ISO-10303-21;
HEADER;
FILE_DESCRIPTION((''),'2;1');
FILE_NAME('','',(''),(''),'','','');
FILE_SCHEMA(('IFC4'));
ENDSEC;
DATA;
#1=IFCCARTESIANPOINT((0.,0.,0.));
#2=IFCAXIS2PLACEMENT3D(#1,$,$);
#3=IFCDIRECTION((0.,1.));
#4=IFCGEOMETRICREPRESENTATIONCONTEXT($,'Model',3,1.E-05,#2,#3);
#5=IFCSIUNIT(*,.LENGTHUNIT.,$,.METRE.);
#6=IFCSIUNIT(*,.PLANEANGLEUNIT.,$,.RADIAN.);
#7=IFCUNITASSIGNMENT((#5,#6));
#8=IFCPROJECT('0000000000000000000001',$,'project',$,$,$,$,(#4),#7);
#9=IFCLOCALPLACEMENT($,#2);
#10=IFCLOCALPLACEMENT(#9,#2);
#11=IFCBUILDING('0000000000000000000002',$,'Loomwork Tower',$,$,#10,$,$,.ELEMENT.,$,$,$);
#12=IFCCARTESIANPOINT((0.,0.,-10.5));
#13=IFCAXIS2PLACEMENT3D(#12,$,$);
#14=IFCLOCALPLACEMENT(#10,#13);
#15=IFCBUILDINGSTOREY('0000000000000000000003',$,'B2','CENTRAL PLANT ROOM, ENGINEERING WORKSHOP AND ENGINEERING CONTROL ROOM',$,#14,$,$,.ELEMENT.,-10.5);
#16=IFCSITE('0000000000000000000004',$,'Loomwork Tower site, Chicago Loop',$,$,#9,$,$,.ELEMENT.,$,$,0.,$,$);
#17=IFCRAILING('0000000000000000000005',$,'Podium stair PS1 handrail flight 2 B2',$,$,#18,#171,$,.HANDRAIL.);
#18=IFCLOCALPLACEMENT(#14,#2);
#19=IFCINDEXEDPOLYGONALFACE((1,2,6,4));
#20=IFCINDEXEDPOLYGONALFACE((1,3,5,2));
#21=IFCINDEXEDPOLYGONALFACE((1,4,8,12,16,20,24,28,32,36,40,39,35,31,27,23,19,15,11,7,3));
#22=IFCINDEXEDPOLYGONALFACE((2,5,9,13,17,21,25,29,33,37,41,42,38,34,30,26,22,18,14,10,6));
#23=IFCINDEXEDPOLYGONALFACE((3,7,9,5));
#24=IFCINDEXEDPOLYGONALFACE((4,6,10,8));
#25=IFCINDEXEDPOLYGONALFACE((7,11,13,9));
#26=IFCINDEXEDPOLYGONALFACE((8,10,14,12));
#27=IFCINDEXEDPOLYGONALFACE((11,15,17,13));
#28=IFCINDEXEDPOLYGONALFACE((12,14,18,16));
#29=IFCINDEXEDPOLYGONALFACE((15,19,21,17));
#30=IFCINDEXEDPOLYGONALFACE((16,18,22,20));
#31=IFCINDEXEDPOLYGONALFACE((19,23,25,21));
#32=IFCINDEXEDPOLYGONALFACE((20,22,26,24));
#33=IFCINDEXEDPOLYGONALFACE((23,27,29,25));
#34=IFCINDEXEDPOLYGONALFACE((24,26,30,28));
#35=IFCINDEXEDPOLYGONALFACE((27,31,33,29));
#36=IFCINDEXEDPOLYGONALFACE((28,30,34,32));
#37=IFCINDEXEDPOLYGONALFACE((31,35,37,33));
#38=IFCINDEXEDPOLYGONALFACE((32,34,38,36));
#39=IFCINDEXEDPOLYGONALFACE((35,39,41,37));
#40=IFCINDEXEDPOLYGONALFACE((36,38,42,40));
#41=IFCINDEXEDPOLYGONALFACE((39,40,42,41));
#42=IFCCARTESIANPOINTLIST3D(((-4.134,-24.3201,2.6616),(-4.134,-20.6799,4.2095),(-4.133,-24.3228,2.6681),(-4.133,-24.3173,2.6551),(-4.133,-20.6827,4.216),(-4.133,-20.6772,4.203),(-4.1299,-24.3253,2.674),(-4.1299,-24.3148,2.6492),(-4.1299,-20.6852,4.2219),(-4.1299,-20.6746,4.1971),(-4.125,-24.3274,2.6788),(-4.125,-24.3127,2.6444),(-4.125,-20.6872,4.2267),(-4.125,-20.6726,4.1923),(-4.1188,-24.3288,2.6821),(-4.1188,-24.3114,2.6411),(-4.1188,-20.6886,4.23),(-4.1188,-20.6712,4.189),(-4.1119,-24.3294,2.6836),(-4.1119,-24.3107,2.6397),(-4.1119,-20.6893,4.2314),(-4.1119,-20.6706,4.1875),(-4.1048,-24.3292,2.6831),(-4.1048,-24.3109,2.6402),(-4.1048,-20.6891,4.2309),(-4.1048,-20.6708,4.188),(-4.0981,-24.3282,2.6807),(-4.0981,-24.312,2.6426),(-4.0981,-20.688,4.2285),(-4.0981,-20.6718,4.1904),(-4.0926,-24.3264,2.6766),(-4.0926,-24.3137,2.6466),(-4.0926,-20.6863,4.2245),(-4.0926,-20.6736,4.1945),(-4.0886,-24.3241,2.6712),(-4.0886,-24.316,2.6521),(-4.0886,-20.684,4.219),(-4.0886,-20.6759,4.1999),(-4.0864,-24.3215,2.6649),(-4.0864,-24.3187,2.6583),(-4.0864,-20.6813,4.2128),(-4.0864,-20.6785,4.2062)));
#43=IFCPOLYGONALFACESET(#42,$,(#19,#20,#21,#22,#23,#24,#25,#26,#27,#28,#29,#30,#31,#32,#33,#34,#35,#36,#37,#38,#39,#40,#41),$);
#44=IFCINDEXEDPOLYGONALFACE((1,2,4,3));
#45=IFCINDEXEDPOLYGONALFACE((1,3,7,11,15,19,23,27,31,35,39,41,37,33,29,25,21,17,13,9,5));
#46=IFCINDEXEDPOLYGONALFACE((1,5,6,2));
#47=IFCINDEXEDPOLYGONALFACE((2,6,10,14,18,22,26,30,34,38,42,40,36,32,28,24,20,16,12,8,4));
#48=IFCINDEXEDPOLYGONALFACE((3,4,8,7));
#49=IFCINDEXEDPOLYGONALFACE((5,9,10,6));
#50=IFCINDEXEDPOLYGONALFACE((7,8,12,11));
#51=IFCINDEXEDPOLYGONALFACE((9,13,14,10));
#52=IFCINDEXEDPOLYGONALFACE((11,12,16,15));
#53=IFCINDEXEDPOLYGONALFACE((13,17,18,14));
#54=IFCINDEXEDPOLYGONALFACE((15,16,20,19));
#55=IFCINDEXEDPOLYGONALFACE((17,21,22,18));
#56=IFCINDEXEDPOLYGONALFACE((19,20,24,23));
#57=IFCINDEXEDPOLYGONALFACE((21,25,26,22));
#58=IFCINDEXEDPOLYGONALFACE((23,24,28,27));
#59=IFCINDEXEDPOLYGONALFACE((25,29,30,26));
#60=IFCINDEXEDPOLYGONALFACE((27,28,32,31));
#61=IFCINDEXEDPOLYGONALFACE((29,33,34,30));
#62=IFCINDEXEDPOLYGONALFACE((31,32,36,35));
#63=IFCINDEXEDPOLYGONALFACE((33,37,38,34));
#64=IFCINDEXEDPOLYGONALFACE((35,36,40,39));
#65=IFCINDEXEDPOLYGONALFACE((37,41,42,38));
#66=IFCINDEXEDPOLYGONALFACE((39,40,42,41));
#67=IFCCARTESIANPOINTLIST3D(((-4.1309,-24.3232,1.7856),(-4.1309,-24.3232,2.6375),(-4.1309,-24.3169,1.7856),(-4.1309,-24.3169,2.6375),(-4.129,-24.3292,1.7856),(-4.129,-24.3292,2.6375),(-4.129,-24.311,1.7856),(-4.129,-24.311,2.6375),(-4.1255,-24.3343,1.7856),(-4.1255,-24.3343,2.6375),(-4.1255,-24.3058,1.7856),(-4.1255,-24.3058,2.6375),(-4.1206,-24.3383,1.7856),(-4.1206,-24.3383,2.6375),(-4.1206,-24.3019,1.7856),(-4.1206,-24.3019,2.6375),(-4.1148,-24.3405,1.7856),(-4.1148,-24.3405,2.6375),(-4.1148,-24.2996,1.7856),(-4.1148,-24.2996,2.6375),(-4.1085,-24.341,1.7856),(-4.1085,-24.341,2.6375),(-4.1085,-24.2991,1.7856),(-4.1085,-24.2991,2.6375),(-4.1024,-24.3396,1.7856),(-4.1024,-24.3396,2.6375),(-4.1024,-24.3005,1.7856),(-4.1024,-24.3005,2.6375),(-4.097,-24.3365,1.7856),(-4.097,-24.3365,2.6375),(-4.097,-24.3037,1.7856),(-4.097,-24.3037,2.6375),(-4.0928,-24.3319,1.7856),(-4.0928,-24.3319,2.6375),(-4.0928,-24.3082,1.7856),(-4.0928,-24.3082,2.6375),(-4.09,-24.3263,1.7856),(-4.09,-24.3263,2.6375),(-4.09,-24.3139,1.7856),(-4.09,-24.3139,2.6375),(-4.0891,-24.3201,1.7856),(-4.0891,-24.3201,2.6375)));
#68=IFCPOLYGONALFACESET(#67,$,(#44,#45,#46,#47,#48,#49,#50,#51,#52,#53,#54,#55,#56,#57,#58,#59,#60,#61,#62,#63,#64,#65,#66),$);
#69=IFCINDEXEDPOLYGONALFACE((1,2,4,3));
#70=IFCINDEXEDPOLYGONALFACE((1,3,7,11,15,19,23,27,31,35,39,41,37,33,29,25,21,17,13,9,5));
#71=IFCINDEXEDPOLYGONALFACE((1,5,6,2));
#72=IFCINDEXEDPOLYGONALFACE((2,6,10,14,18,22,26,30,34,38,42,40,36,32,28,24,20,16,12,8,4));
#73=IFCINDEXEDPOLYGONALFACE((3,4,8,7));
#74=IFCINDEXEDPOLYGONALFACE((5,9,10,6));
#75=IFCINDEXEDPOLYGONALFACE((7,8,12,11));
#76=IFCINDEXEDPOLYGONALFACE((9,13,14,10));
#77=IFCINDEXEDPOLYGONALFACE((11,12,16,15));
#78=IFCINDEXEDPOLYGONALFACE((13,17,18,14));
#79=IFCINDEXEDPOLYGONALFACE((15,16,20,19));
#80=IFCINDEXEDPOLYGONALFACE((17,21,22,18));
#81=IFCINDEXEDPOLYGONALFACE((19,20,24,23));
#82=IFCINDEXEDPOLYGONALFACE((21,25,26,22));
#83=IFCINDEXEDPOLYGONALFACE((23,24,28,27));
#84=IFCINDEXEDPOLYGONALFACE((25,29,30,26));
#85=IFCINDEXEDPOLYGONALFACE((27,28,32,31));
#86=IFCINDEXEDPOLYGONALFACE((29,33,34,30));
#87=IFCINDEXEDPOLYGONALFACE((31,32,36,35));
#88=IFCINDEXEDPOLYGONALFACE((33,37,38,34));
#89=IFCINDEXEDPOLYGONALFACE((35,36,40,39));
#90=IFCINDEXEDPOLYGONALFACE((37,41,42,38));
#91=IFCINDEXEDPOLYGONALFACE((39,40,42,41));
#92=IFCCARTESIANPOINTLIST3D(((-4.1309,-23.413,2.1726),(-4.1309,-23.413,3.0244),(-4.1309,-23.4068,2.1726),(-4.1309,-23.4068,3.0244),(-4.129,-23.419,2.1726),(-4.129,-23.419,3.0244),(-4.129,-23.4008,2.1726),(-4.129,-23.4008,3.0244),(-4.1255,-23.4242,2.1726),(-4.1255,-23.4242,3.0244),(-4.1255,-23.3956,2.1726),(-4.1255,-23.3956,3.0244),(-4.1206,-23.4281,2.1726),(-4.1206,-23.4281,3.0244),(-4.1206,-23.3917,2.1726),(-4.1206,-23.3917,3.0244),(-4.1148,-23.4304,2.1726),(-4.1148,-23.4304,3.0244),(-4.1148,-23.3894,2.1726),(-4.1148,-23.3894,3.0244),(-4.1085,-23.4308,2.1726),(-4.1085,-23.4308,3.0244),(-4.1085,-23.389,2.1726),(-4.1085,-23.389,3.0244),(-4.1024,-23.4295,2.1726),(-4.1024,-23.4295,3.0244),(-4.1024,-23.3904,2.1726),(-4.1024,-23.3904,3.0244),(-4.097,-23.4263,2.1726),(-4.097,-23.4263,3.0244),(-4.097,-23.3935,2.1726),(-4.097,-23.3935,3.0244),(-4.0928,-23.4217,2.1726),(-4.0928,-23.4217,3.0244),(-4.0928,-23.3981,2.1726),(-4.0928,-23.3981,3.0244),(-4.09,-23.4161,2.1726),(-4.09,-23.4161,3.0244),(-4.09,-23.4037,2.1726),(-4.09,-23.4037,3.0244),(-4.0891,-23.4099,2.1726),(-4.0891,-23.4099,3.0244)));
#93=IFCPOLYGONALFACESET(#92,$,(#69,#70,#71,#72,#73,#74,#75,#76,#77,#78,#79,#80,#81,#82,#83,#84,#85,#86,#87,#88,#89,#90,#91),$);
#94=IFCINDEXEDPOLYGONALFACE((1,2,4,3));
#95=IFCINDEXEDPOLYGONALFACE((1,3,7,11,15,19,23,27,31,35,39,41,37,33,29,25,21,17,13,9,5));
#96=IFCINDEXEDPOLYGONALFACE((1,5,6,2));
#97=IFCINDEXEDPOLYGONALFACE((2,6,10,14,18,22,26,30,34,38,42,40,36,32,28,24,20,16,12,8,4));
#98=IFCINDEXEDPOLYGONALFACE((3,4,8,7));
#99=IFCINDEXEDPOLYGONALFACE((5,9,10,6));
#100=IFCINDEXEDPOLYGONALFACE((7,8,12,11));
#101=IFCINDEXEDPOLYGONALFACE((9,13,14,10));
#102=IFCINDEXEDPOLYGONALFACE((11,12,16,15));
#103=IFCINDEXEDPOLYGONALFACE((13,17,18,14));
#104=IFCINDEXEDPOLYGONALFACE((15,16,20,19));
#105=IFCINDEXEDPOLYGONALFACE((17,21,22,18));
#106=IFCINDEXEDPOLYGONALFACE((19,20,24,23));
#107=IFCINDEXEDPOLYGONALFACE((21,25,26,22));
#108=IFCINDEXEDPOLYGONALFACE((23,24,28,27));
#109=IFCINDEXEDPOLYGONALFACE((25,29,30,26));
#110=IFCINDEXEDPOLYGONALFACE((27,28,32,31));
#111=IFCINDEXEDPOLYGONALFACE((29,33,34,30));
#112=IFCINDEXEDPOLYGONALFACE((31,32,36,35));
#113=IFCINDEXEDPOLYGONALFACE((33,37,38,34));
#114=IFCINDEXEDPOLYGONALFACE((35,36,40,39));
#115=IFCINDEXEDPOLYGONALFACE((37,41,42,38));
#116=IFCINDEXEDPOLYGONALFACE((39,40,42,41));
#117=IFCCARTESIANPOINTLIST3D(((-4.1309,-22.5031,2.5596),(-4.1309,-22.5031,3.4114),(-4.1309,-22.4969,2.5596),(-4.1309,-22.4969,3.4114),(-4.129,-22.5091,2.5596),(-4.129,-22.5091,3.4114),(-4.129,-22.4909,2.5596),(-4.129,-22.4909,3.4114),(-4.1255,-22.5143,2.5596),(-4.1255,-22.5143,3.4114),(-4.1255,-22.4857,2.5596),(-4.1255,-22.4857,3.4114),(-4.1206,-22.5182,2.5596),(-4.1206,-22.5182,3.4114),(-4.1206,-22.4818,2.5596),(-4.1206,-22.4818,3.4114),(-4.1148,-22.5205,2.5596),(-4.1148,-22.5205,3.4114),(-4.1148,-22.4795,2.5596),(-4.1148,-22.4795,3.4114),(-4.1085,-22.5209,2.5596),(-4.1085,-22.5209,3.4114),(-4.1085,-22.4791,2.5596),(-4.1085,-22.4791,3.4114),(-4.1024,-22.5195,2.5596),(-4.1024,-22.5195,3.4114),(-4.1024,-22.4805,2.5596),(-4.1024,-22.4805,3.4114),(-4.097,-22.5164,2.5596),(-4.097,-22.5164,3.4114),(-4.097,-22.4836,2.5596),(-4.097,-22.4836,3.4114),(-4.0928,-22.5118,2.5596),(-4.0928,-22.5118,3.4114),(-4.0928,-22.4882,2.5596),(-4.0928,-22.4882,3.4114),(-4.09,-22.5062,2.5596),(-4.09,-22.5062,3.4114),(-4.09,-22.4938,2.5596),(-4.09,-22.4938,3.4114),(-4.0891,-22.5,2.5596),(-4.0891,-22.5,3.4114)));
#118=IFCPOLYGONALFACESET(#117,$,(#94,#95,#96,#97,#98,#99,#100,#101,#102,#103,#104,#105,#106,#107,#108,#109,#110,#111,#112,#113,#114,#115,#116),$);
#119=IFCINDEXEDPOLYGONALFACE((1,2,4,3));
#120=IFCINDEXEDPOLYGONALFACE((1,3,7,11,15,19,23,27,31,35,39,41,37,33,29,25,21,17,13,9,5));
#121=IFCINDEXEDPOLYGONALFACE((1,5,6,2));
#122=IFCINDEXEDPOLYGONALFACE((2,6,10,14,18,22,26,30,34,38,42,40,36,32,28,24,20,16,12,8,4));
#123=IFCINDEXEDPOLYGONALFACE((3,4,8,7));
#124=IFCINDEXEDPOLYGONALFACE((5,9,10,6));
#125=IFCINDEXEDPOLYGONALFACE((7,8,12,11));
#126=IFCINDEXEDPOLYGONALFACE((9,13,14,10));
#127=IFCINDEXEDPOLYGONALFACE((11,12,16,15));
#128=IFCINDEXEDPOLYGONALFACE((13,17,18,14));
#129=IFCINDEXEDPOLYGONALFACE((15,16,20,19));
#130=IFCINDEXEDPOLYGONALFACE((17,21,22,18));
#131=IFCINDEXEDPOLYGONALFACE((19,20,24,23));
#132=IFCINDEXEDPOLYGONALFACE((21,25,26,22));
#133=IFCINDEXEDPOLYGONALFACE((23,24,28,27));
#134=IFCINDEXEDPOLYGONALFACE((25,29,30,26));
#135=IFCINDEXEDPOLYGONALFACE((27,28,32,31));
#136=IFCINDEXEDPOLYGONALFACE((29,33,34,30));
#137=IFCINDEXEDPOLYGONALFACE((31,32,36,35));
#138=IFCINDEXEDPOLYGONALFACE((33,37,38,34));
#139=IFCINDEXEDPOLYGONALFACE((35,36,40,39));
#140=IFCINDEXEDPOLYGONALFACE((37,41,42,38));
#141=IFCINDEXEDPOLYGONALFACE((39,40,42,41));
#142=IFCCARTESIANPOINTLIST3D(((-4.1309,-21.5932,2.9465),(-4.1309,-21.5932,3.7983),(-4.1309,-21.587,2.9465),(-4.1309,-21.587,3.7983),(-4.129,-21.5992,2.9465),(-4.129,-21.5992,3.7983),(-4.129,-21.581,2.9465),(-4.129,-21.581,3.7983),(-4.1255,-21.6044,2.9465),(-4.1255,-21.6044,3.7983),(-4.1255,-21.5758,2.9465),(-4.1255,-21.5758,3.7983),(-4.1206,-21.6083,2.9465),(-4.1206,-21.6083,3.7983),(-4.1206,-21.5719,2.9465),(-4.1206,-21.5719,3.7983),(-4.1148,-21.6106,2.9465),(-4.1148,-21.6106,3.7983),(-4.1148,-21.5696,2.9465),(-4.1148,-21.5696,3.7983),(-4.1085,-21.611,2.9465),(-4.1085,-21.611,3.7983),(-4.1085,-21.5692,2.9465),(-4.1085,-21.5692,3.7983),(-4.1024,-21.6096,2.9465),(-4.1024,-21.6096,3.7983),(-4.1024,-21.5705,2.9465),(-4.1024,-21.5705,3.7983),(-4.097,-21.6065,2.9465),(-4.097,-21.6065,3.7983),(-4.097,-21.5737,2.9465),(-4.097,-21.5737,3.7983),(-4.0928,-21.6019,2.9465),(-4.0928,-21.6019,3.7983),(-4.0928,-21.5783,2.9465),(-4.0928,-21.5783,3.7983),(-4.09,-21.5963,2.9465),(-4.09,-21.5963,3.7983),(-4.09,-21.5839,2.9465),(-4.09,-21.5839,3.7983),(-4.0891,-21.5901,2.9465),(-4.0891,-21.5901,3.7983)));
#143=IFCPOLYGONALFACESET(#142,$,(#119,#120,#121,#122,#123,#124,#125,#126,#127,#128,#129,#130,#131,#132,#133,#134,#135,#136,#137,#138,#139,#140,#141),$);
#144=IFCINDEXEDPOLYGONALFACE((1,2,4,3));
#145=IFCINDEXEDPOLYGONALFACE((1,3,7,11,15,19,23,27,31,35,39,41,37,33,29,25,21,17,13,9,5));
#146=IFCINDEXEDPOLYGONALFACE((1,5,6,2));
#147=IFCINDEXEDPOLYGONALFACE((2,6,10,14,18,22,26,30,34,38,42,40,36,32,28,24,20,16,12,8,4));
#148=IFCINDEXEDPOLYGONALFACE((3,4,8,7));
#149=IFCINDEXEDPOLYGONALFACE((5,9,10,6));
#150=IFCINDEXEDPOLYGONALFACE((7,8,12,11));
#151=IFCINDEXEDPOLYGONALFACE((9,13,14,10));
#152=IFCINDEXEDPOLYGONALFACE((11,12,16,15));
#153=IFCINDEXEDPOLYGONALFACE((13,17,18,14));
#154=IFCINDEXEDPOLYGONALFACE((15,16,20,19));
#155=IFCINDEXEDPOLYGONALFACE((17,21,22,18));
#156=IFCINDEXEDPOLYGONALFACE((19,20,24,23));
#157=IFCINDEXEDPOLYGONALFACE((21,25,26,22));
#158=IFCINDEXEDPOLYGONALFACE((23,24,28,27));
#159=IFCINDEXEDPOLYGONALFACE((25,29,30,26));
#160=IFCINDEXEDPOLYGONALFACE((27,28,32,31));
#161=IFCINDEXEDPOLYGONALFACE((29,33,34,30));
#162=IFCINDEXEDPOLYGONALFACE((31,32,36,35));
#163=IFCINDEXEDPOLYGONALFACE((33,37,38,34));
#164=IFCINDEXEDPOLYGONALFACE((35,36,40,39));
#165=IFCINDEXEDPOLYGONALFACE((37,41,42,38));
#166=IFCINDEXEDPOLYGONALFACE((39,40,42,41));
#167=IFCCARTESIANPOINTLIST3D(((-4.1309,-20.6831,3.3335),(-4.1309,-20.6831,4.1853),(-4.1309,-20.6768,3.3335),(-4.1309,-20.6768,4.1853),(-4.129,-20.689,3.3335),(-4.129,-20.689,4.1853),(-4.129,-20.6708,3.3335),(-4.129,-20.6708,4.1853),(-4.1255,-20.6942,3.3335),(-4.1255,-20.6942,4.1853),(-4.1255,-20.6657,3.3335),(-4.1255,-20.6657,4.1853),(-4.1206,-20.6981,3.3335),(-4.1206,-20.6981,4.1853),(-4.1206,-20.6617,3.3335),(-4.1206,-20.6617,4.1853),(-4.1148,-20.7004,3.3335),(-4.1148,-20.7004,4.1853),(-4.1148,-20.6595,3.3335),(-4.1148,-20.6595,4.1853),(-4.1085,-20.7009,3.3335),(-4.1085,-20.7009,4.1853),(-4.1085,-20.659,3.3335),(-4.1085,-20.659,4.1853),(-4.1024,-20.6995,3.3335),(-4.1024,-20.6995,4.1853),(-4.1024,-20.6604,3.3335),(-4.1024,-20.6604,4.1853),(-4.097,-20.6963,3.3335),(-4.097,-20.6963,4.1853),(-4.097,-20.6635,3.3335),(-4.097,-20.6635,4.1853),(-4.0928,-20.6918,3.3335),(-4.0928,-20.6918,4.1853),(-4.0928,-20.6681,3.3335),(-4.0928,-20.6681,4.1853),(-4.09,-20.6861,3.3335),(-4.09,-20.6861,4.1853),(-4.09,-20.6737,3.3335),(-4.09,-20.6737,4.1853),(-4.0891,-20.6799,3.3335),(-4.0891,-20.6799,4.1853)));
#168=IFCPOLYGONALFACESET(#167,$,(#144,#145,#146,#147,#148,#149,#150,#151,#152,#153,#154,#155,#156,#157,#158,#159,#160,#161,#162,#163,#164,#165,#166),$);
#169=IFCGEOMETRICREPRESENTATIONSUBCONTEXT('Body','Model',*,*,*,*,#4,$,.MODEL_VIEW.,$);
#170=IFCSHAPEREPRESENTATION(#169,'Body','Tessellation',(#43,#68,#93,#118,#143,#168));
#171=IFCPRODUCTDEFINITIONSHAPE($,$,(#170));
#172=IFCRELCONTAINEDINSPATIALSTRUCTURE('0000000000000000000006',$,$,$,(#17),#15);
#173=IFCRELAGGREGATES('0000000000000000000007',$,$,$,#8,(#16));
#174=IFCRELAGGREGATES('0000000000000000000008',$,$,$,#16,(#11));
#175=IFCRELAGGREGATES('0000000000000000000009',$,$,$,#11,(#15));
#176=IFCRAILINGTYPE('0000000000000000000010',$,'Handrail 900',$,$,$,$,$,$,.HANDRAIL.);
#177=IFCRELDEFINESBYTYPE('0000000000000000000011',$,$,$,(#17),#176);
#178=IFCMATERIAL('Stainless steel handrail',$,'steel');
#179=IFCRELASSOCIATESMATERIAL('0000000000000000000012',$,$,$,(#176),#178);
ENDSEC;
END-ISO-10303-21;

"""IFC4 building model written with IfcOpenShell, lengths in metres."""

from ifc_helpers import new_model, si_unit, direction, frame, origin, origin_2d, place, context, subcontext, project, spatial, circle, extrude, material, type_object, element, save


model = new_model("IFC4")

# Units and contexts
model_context = context("Model", 3, precision=1e-05, world=origin(), true_north=direction((0.0, 1.0)))
body_context = subcontext(model_context, "Body", "Model", "MODEL_VIEW")
ifc_project = project(units=[si_unit("LENGTHUNIT", "METRE"), si_unit("PLANEANGLEUNIT", "RADIAN")], contexts=[model_context])

# Site, building, storey
site_placement = place(None, origin())
site = spatial("IfcSite", under=ifc_project, at=site_placement, Name="Loomwork Tower site, Chicago Loop", CompositionType="ELEMENT", RefElevation=0.0)
building_placement = place(site_placement, origin())
building = spatial("IfcBuilding", under=site, at=building_placement, Name="Loomwork Tower", CompositionType="ELEMENT")
storey_placement = place(building_placement, frame((0.0, 0.0, -10.5)))
storey = spatial("IfcBuildingStorey", under=building, at=storey_placement, Name="B2", Description="CENTRAL PLANT ROOM, ENGINEERING WORKSHOP AND ENGINEERING CONTROL ROOM", CompositionType="ELEMENT", Elevation=-10.5)

# Railing
ifc_material_1 = material(Name="Stainless steel handrail", Category="steel")
railing_type = type_object("IfcRailingType", Name="Handrail 900", PredefinedType="HANDRAIL", material=ifc_material_1)
railing_1_placement = place(storey_placement, frame((-4.1101, -24.3201, 1.7856)))
element("IfcRailing", 1, at=railing_1_placement, inside=storey, type_object=railing_type, Name="Podium stair PS1 handrail flight 2 B2", PredefinedType="HANDRAIL", context=body_context, shape_type="SweptSolid", body=[
    extrude(circle(Radius=0.0239, at=origin_2d()), frame((0.0, 0.0, 0.876), z_axis=(0.0, 0.920259, 0.391311), x_axis=(-1.0, 0.0, 0.0)), (0.0, 0.0, 1.0), 3.9556),
    extrude(circle(Radius=0.021, at=origin_2d()), origin(), (0.0, 0.0, 1.0), 0.8518),
    extrude(circle(Radius=0.021, at=origin_2d()), frame((0.0, 0.9102, 0.387)), (0.0, 0.0, 1.0), 0.8518),
    extrude(circle(Radius=0.021, at=origin_2d()), frame((0.0, 1.8201, 0.7739)), (0.0, 0.0, 1.0), 0.8518),
    extrude(circle(Radius=0.021, at=origin_2d()), frame((0.0, 2.73, 1.1609)), (0.0, 0.0, 1.0), 0.8518),
    extrude(circle(Radius=0.021, at=origin_2d()), frame((0.0, 3.6401, 1.5479)), (0.0, 0.0, 1.0), 0.8518),
])

save(model, "model.ifc")
